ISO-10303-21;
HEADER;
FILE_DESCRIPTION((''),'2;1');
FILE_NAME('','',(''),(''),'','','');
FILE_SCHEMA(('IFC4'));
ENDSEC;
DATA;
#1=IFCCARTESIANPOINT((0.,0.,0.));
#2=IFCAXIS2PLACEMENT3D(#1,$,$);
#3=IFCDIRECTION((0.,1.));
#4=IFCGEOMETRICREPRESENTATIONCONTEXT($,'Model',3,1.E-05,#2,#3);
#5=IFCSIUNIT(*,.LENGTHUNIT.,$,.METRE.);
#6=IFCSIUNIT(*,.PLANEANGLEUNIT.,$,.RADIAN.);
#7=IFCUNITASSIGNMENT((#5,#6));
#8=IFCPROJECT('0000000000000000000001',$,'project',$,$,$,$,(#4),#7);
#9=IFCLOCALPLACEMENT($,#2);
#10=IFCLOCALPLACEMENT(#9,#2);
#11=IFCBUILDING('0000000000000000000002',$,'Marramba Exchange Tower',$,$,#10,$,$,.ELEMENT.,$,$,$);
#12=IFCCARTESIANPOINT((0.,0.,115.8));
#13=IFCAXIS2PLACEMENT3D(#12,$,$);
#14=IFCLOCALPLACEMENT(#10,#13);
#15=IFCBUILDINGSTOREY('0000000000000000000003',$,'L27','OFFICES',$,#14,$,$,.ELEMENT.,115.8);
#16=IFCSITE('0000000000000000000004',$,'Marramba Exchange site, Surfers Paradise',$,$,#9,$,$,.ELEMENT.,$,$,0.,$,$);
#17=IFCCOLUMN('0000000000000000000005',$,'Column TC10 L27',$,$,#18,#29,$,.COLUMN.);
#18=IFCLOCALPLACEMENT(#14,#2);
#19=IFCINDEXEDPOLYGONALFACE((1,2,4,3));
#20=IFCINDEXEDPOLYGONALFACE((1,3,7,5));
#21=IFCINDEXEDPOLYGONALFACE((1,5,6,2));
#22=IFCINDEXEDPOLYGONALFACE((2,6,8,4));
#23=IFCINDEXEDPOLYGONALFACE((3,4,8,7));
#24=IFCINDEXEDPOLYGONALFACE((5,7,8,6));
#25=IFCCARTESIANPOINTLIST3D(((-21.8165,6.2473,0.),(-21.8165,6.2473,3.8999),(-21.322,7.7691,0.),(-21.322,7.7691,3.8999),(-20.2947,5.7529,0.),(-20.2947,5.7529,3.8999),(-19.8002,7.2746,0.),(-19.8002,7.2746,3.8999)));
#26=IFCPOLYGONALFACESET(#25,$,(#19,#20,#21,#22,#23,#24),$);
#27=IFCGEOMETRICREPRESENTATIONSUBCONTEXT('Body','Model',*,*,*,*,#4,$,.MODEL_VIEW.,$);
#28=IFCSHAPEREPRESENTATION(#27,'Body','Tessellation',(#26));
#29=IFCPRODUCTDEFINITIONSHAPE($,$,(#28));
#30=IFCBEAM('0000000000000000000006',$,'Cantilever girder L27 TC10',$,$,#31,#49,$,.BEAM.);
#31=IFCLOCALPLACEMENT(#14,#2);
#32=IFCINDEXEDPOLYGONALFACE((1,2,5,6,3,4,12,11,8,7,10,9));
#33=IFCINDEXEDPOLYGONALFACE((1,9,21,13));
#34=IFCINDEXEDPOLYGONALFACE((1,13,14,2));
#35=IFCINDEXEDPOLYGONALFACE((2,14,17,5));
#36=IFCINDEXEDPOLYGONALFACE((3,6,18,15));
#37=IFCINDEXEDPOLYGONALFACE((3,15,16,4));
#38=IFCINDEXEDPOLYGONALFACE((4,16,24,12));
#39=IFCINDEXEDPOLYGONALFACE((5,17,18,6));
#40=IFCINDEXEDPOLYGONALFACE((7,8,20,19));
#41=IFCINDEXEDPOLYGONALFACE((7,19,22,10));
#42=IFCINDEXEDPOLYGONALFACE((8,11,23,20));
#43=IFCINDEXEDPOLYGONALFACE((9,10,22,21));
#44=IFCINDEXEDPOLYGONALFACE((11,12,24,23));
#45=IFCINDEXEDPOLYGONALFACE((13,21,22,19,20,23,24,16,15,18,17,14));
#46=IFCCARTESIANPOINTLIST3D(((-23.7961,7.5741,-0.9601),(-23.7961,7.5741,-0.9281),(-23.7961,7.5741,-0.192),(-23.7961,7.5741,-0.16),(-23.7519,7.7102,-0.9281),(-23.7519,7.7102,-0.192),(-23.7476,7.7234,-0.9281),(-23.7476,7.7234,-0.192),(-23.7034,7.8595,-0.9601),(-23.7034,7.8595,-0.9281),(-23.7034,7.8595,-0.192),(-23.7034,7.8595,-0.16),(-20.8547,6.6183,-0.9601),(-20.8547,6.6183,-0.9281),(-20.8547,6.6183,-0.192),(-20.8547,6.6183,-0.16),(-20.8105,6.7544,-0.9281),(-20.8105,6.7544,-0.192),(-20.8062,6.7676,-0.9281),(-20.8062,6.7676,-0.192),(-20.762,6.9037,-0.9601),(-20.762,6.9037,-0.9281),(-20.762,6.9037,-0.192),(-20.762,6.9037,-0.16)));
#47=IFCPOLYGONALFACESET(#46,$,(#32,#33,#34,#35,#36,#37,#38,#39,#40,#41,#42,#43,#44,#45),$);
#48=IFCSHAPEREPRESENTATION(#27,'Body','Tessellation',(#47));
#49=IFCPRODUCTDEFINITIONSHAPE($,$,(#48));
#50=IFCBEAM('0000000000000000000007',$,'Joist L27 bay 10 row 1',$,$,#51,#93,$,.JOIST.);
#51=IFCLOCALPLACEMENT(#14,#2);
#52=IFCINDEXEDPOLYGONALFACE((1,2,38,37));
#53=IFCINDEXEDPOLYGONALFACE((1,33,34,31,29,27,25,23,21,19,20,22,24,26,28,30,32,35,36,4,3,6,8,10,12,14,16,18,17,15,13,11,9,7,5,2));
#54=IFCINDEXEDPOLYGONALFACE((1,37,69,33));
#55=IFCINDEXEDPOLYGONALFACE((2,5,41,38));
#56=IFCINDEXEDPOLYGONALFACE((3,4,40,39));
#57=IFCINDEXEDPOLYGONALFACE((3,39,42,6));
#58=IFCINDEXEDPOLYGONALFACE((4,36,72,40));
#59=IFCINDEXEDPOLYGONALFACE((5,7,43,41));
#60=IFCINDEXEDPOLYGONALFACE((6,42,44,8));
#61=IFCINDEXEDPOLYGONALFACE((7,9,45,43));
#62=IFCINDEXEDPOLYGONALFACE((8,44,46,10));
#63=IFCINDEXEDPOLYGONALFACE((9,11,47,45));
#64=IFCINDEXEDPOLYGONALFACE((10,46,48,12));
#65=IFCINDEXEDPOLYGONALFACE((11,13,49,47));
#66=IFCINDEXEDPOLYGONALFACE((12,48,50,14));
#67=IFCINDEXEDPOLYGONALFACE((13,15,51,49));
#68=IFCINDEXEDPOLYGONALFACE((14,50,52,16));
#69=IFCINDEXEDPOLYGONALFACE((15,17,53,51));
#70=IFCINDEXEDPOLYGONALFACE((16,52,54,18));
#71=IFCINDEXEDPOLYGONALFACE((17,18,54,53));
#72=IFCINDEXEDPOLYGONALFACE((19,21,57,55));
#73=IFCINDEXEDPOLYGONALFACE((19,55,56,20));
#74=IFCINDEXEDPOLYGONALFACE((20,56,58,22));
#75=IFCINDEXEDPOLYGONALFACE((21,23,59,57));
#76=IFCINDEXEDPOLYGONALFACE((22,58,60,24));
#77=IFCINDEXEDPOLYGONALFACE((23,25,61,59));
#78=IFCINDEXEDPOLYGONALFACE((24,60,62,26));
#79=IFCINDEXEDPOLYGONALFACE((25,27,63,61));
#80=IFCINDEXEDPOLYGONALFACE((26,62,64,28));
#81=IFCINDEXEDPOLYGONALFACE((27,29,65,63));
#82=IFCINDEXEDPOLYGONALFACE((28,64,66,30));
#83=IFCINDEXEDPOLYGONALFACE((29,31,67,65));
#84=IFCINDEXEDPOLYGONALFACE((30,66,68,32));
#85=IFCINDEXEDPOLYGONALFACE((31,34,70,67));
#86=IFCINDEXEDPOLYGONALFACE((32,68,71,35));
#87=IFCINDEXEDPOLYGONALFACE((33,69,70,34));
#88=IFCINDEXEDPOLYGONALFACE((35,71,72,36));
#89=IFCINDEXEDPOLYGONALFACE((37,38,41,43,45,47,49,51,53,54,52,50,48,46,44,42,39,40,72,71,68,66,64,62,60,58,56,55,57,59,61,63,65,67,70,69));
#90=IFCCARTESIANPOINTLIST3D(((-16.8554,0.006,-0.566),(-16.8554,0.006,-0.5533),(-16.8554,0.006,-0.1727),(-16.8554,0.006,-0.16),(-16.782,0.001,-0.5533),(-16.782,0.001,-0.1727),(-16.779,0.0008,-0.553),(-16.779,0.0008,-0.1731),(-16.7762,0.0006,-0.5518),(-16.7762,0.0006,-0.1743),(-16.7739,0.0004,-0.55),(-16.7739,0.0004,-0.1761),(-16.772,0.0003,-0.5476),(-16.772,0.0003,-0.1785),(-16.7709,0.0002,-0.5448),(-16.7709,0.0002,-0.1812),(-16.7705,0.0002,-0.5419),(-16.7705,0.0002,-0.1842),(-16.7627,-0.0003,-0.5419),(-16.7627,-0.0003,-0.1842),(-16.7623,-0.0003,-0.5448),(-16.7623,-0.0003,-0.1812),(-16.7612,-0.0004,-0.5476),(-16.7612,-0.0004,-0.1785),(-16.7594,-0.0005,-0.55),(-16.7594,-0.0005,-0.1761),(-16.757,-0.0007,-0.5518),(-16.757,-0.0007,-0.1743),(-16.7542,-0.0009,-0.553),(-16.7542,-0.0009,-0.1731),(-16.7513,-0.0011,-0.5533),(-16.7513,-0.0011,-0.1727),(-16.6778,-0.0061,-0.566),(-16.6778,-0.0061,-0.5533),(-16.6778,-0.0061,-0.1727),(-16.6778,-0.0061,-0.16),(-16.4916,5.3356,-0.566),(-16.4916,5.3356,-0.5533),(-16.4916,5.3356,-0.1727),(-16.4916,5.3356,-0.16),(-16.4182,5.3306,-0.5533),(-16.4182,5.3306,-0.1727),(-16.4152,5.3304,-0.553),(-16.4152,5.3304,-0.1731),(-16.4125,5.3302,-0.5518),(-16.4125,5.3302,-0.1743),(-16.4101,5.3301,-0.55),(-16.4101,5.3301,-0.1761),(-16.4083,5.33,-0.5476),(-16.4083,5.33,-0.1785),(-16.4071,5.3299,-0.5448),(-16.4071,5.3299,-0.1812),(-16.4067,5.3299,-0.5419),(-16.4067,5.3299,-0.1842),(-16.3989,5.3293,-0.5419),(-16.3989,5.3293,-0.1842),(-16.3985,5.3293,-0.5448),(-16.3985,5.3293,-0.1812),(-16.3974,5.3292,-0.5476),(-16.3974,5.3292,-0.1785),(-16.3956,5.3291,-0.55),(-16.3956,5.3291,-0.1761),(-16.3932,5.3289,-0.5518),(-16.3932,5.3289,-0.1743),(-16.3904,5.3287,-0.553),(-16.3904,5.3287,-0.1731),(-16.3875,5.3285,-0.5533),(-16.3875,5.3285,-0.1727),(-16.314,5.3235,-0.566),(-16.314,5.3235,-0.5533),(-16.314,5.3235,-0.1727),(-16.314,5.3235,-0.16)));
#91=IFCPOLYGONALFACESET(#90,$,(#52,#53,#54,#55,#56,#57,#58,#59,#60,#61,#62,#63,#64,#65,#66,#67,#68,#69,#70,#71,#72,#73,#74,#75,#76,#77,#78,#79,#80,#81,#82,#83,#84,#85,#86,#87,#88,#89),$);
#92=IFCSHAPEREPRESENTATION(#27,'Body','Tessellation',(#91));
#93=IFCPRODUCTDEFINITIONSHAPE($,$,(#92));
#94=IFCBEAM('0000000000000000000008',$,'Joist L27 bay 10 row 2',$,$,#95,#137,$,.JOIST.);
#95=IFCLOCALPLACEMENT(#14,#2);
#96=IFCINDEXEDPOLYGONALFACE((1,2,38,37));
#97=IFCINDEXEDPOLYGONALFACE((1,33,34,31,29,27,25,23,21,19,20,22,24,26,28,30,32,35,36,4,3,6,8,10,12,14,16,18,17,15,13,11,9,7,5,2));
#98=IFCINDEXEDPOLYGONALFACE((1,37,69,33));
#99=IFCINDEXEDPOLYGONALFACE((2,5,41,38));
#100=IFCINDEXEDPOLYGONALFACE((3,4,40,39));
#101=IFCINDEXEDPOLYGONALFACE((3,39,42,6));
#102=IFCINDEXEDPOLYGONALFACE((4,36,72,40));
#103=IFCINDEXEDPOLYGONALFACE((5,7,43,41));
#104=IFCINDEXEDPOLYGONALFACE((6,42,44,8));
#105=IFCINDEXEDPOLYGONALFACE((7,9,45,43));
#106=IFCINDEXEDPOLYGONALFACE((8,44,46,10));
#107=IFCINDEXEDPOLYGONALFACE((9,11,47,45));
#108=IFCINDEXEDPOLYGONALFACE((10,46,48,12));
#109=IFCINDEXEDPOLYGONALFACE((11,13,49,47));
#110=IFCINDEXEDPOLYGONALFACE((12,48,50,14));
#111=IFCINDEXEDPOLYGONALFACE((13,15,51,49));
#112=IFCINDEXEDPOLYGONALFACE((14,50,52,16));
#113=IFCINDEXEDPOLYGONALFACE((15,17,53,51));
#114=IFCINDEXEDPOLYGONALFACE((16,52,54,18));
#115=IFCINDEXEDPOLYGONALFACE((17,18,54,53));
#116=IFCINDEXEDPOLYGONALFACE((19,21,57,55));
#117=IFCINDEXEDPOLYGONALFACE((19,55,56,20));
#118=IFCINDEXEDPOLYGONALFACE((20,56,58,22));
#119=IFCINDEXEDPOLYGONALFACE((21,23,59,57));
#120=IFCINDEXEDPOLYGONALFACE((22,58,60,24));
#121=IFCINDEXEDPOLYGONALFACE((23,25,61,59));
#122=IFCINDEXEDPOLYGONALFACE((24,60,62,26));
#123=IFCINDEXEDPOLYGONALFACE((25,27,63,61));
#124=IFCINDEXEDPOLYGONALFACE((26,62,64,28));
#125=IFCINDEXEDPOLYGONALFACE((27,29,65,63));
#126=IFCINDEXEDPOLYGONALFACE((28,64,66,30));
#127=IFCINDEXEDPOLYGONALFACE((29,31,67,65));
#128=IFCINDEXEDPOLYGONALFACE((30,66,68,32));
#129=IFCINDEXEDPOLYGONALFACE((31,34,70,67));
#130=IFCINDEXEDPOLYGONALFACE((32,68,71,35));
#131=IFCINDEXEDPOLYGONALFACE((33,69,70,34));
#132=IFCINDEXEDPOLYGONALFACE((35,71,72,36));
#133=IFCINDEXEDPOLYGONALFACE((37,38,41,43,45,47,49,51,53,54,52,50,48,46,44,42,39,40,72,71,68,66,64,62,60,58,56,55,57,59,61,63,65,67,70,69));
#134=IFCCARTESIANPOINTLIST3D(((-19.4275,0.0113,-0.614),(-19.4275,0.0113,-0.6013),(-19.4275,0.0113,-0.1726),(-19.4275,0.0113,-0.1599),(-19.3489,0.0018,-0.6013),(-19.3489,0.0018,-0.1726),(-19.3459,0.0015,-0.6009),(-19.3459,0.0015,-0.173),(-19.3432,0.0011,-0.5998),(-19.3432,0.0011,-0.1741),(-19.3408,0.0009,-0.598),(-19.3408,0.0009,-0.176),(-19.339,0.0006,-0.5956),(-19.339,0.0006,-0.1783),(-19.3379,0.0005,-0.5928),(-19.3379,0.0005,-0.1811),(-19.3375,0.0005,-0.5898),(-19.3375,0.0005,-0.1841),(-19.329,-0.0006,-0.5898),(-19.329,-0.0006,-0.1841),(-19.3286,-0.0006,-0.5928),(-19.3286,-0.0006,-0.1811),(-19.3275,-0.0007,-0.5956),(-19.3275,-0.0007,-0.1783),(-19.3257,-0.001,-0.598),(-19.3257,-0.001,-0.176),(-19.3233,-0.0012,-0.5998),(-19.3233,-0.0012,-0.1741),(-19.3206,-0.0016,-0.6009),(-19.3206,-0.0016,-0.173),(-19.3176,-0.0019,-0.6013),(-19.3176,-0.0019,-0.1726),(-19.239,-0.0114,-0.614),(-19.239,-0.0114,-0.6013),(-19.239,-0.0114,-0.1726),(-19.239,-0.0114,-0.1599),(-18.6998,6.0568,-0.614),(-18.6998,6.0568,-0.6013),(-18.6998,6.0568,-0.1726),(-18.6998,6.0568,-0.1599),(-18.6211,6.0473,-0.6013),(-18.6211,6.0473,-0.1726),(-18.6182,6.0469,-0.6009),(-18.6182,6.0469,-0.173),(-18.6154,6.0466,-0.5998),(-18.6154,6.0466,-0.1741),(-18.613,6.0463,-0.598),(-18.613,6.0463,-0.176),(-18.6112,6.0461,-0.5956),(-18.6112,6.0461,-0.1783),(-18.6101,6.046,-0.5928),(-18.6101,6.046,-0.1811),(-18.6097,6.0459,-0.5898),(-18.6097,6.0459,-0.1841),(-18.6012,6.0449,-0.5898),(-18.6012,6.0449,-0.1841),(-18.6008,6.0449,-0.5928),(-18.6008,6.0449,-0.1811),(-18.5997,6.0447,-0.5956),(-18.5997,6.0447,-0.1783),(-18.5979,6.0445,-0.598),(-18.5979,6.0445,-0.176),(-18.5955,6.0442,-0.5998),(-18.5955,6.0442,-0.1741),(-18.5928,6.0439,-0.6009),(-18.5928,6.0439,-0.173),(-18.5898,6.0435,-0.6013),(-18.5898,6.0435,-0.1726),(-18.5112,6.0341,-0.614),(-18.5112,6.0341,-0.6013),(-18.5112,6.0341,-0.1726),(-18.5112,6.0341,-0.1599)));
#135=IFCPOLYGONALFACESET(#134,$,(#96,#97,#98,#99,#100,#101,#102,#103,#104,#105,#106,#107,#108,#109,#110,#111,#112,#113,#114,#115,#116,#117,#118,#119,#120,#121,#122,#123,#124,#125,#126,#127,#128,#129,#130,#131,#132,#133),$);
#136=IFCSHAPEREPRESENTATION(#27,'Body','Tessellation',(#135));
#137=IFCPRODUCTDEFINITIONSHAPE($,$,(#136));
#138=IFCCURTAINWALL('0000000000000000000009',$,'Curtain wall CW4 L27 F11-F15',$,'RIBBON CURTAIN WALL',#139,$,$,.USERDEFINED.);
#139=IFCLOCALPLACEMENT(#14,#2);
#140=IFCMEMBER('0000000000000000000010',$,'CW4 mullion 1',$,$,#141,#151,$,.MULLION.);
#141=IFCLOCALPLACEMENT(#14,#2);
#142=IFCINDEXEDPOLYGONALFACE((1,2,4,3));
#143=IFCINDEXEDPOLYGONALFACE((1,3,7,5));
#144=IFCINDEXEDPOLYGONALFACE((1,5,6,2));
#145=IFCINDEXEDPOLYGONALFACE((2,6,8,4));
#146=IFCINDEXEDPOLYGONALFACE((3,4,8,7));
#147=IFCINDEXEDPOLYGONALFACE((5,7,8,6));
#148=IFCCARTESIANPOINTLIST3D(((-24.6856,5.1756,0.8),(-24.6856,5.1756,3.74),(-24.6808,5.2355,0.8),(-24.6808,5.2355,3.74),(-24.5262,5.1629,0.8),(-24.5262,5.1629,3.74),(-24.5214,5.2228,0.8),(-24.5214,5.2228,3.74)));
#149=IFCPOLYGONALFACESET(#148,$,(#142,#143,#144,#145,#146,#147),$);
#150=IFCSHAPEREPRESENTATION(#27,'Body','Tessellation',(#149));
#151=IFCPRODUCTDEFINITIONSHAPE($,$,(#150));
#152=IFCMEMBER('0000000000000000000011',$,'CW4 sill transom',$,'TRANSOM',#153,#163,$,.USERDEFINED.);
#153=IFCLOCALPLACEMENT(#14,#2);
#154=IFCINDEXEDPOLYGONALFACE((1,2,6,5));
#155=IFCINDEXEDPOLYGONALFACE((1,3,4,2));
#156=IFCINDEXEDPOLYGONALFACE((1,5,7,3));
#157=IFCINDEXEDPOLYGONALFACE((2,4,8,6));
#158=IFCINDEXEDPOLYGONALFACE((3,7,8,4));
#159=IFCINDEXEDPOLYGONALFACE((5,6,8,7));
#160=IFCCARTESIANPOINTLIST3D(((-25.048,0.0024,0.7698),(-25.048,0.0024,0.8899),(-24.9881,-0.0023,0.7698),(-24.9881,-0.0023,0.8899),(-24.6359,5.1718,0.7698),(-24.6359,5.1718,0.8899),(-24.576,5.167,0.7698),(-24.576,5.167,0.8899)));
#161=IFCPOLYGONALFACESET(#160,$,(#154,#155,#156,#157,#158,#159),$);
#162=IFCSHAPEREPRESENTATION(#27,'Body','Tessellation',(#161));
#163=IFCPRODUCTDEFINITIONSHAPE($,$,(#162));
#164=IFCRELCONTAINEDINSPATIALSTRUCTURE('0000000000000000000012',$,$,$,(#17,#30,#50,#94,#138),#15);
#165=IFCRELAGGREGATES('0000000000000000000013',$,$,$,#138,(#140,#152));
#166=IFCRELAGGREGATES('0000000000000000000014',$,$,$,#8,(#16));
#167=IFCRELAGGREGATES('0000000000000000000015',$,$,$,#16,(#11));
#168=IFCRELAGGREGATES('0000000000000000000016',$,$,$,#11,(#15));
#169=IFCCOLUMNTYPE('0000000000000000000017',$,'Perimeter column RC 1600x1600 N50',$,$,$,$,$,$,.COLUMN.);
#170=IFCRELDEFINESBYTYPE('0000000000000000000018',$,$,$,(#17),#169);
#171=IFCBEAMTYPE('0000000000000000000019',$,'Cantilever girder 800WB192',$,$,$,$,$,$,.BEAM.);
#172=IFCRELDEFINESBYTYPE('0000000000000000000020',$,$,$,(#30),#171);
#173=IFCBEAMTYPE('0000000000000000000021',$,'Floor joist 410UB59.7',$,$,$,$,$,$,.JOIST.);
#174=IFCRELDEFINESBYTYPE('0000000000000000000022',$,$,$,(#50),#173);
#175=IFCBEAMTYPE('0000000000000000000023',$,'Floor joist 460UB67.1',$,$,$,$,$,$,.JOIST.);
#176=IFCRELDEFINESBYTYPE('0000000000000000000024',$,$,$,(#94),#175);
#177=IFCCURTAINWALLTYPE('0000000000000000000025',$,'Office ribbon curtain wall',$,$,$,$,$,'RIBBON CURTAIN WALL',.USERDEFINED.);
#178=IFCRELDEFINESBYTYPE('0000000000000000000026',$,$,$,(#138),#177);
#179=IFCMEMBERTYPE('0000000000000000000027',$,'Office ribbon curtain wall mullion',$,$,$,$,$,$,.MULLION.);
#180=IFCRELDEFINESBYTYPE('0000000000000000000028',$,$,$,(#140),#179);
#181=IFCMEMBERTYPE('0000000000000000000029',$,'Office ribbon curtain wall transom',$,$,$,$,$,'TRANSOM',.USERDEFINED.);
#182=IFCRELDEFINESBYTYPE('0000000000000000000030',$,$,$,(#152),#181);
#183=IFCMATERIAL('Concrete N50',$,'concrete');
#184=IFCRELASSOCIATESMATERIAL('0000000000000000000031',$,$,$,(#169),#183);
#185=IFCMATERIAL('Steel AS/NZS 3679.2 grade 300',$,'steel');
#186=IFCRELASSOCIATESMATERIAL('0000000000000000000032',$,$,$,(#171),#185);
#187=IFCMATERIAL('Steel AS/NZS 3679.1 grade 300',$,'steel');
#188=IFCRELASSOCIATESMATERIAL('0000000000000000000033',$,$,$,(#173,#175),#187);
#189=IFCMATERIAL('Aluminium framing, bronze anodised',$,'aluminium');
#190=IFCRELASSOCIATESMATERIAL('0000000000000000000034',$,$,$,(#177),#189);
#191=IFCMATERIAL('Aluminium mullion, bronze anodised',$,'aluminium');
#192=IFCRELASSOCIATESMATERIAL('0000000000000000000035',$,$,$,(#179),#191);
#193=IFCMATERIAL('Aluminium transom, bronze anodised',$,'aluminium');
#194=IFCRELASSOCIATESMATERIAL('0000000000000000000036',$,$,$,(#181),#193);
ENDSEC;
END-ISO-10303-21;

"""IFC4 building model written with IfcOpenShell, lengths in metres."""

from ifc_helpers import new_model, si_unit, direction, frame, origin, origin_2d, place, context, subcontext, project, spatial, rectangle, i_section, extrude, material, material_profile, profile_set, type_object, element, aggregate, save


model = new_model("IFC4")

# Units and contexts
model_context = context("Model", 3, precision=1e-05, world=origin(), true_north=direction((0.0, 1.0)))
body_context = subcontext(model_context, "Body", "Model", "MODEL_VIEW")
ifc_project = project(units=[si_unit("LENGTHUNIT", "METRE"), si_unit("PLANEANGLEUNIT", "RADIAN")], contexts=[model_context])

# Site, building, storey
site_placement = place(None, origin())
site = spatial("IfcSite", under=ifc_project, at=site_placement, Name="Marramba Exchange site, Surfers Paradise", CompositionType="ELEMENT", RefElevation=0.0)
building_placement = place(site_placement, origin())
building = spatial("IfcBuilding", under=site, at=building_placement, Name="Marramba Exchange Tower", CompositionType="ELEMENT")
storey_placement = place(building_placement, frame((0.0, 0.0, 115.8)))
storey = spatial("IfcBuildingStorey", under=building, at=storey_placement, Name="L27", Description="OFFICES", CompositionType="ELEMENT", Elevation=115.8)

# Column
ifc_material_1 = material(Name="Concrete N50", Category="concrete")
ifc_material_profile_1 = material_profile(ifc_material_1, rectangle(XDim=1.6001, YDim=1.6001, at=origin_2d()), Name="RC 1600x1600")
ifc_profile_set_1 = profile_set([ifc_material_profile_1], Name="Concrete N50")
column_type = type_object("IfcColumnType", Name="Perimeter column RC 1600x1600 N50", PredefinedType="COLUMN", material=ifc_profile_set_1)
column_placement = place(storey_placement, frame((-20.8083, 6.761, 0.0), z_axis=(0.0, 0.0, 1.0), x_axis=(-0.951057, 0.309017, 0.0)))
element("IfcColumn", 1, at=column_placement, inside=storey, type_object=column_type, Name="Column TC10 L27", PredefinedType="COLUMN", context=body_context, shape_type="SweptSolid", body=[
    extrude(rectangle(XDim=1.6001, YDim=1.6001, at=origin_2d()), origin(), (0.0, 0.0, 1.0), 3.8999),
])

# Beams
ifc_material_2 = material(Name="Steel AS/NZS 3679.2 grade 300", Category="steel")
ifc_material_profile_2 = material_profile(ifc_material_2, i_section(OverallWidth=0.3, OverallDepth=0.8, WebThickness=0.0139, FlangeThickness=0.032, at=origin_2d()), Name="800WB192")
ifc_profile_set_2 = profile_set([ifc_material_profile_2], Name="Steel AS/NZS 3679.2 grade 300")
beam_type_1 = type_object("IfcBeamType", Name="Cantilever girder 800WB192", PredefinedType="BEAM", material=ifc_profile_set_2)
beam_1_placement = place(storey_placement, frame((-20.8083, 6.761, -0.5601), z_axis=(-0.951048, 0.309043, 0.0), x_axis=(-0.309043, -0.951048, 0.0)))
element("IfcBeam", 2, at=beam_1_placement, inside=storey, type_object=beam_type_1, Name="Cantilever girder L27 TC10", PredefinedType="BEAM", context=body_context, shape_type="SweptSolid", body=[
    extrude(i_section(OverallWidth=0.3, OverallDepth=0.8, WebThickness=0.0139, FlangeThickness=0.032, at=origin_2d()), origin(), (0.0, 0.0, 1.0), 3.0928),
])
ifc_material_3 = material(Name="Steel AS/NZS 3679.1 grade 300", Category="steel")
ifc_material_profile_3 = material_profile(ifc_material_3, i_section(OverallWidth=0.178, OverallDepth=0.406, WebThickness=0.0078, FlangeThickness=0.0127, FilletRadius=0.0115, at=origin_2d()), Name="410UB59.7")
ifc_profile_set_3 = profile_set([ifc_material_profile_3], Name="Steel AS/NZS 3679.1 grade 300")
beam_type_2 = type_object("IfcBeamType", Name="Floor joist 410UB59.7", PredefinedType="JOIST", material=ifc_profile_set_3)
beam_2_placement = place(storey_placement, frame((-16.4028, 5.3296, -0.363), z_axis=(-0.068096, -0.997679, 0.0), x_axis=(0.997679, -0.068096, 0.0)))
element("IfcBeam", 3, at=beam_2_placement, inside=storey, type_object=beam_type_2, Name="Joist L27 bay 10 row 1", PredefinedType="JOIST", context=body_context, shape_type="SweptSolid", body=[
    extrude(i_section(OverallWidth=0.178, OverallDepth=0.406, WebThickness=0.0078, FlangeThickness=0.0127, FilletRadius=0.0115, at=origin_2d()), origin(), (0.0, 0.0, 1.0), 5.342),
])
ifc_material_profile_4 = material_profile(ifc_material_3, i_section(OverallWidth=0.1899, OverallDepth=0.4541, WebThickness=0.0085, FlangeThickness=0.0127, FilletRadius=0.0115, at=origin_2d()), Name="460UB67.1")
ifc_profile_set_4 = profile_set([ifc_material_profile_4], Name="Steel AS/NZS 3679.1 grade 300")
beam_type_3 = type_object("IfcBeamType", Name="Floor joist 460UB67.1", PredefinedType="JOIST", material=ifc_profile_set_4)
beam_3_placement = place(storey_placement, frame((-18.6055, 6.0454, -0.387), z_axis=(-0.119523, -0.992831, 0.0), x_axis=(0.992831, -0.119523, 0.0)))
element("IfcBeam", 4, at=beam_3_placement, inside=storey, type_object=beam_type_3, Name="Joist L27 bay 10 row 2", PredefinedType="JOIST", context=body_context, shape_type="SweptSolid", body=[
    extrude(i_section(OverallWidth=0.1899, OverallDepth=0.4541, WebThickness=0.0085, FlangeThickness=0.0127, FilletRadius=0.0115, at=origin_2d()), origin(), (0.0, 0.0, 1.0), 6.0891),
])

# Curtain wall, members
ifc_material_4 = material(Name="Aluminium framing, bronze anodised", Category="aluminium")
curtain_wall_type = type_object("IfcCurtainWallType", Name="Office ribbon curtain wall", ElementType="RIBBON CURTAIN WALL", PredefinedType="USERDEFINED", material=ifc_material_4)
curtain_wall_placement = place(storey_placement, origin())
curtain_wall = element("IfcCurtainWall", 5, at=curtain_wall_placement, inside=storey, type_object=curtain_wall_type, Name="Curtain wall CW4 L27 F11-F15", ObjectType="RIBBON CURTAIN WALL", PredefinedType="USERDEFINED")
ifc_material_5 = material(Name="Aluminium mullion, bronze anodised", Category="aluminium")
ifc_material_profile_5 = material_profile(ifc_material_5, rectangle(XDim=0.1599, YDim=0.0601, at=origin_2d()), Name="CW4 mullion 60x160")
ifc_profile_set_5 = profile_set([ifc_material_profile_5], Name="Aluminium mullion, bronze anodised")
member_type_1 = type_object("IfcMemberType", Name="Office ribbon curtain wall mullion", PredefinedType="MULLION", material=ifc_profile_set_5)
member_1_placement = place(storey_placement, frame((-24.6035, 5.1992, 0.8), z_axis=(0.0, 0.0, 1.0), x_axis=(0.996838, -0.07946, 0.0)))
member_1 = element("IfcMember", 6, at=member_1_placement, type_object=member_type_1, Name="CW4 mullion 1", PredefinedType="MULLION", context=body_context, shape_type="SweptSolid", body=[
    extrude(rectangle(XDim=0.1599, YDim=0.0601, at=origin_2d()), origin(), (0.0, 0.0, 1.0), 2.9399),
])
ifc_material_6 = material(Name="Aluminium transom, bronze anodised", Category="aluminium")
ifc_material_profile_6 = material_profile(ifc_material_6, rectangle(XDim=0.0601, YDim=0.1201, at=origin_2d()), Name="CW4 transom 60x120")
ifc_profile_set_6 = profile_set([ifc_material_profile_6], Name="Aluminium transom, bronze anodised")
member_type_2 = type_object("IfcMemberType", Name="Office ribbon curtain wall transom", ElementType="TRANSOM", PredefinedType="USERDEFINED", material=ifc_profile_set_6)
member_2_placement = place(storey_placement, frame((-24.606, 5.1694, 0.8298), z_axis=(-0.079468, -0.996837, 0.0), x_axis=(0.996837, -0.079468, 0.0)))
member_2 = element("IfcMember", 7, at=member_2_placement, type_object=member_type_2, Name="CW4 sill transom", ObjectType="TRANSOM", PredefinedType="USERDEFINED", context=body_context, shape_type="SweptSolid", body=[
    extrude(rectangle(XDim=0.0601, YDim=0.1201, at=origin_2d()), origin(), (0.0, 0.0, 1.0), 5.1858),
])

aggregate(curtain_wall, [member_1, member_2])

save(model, "model.ifc")
